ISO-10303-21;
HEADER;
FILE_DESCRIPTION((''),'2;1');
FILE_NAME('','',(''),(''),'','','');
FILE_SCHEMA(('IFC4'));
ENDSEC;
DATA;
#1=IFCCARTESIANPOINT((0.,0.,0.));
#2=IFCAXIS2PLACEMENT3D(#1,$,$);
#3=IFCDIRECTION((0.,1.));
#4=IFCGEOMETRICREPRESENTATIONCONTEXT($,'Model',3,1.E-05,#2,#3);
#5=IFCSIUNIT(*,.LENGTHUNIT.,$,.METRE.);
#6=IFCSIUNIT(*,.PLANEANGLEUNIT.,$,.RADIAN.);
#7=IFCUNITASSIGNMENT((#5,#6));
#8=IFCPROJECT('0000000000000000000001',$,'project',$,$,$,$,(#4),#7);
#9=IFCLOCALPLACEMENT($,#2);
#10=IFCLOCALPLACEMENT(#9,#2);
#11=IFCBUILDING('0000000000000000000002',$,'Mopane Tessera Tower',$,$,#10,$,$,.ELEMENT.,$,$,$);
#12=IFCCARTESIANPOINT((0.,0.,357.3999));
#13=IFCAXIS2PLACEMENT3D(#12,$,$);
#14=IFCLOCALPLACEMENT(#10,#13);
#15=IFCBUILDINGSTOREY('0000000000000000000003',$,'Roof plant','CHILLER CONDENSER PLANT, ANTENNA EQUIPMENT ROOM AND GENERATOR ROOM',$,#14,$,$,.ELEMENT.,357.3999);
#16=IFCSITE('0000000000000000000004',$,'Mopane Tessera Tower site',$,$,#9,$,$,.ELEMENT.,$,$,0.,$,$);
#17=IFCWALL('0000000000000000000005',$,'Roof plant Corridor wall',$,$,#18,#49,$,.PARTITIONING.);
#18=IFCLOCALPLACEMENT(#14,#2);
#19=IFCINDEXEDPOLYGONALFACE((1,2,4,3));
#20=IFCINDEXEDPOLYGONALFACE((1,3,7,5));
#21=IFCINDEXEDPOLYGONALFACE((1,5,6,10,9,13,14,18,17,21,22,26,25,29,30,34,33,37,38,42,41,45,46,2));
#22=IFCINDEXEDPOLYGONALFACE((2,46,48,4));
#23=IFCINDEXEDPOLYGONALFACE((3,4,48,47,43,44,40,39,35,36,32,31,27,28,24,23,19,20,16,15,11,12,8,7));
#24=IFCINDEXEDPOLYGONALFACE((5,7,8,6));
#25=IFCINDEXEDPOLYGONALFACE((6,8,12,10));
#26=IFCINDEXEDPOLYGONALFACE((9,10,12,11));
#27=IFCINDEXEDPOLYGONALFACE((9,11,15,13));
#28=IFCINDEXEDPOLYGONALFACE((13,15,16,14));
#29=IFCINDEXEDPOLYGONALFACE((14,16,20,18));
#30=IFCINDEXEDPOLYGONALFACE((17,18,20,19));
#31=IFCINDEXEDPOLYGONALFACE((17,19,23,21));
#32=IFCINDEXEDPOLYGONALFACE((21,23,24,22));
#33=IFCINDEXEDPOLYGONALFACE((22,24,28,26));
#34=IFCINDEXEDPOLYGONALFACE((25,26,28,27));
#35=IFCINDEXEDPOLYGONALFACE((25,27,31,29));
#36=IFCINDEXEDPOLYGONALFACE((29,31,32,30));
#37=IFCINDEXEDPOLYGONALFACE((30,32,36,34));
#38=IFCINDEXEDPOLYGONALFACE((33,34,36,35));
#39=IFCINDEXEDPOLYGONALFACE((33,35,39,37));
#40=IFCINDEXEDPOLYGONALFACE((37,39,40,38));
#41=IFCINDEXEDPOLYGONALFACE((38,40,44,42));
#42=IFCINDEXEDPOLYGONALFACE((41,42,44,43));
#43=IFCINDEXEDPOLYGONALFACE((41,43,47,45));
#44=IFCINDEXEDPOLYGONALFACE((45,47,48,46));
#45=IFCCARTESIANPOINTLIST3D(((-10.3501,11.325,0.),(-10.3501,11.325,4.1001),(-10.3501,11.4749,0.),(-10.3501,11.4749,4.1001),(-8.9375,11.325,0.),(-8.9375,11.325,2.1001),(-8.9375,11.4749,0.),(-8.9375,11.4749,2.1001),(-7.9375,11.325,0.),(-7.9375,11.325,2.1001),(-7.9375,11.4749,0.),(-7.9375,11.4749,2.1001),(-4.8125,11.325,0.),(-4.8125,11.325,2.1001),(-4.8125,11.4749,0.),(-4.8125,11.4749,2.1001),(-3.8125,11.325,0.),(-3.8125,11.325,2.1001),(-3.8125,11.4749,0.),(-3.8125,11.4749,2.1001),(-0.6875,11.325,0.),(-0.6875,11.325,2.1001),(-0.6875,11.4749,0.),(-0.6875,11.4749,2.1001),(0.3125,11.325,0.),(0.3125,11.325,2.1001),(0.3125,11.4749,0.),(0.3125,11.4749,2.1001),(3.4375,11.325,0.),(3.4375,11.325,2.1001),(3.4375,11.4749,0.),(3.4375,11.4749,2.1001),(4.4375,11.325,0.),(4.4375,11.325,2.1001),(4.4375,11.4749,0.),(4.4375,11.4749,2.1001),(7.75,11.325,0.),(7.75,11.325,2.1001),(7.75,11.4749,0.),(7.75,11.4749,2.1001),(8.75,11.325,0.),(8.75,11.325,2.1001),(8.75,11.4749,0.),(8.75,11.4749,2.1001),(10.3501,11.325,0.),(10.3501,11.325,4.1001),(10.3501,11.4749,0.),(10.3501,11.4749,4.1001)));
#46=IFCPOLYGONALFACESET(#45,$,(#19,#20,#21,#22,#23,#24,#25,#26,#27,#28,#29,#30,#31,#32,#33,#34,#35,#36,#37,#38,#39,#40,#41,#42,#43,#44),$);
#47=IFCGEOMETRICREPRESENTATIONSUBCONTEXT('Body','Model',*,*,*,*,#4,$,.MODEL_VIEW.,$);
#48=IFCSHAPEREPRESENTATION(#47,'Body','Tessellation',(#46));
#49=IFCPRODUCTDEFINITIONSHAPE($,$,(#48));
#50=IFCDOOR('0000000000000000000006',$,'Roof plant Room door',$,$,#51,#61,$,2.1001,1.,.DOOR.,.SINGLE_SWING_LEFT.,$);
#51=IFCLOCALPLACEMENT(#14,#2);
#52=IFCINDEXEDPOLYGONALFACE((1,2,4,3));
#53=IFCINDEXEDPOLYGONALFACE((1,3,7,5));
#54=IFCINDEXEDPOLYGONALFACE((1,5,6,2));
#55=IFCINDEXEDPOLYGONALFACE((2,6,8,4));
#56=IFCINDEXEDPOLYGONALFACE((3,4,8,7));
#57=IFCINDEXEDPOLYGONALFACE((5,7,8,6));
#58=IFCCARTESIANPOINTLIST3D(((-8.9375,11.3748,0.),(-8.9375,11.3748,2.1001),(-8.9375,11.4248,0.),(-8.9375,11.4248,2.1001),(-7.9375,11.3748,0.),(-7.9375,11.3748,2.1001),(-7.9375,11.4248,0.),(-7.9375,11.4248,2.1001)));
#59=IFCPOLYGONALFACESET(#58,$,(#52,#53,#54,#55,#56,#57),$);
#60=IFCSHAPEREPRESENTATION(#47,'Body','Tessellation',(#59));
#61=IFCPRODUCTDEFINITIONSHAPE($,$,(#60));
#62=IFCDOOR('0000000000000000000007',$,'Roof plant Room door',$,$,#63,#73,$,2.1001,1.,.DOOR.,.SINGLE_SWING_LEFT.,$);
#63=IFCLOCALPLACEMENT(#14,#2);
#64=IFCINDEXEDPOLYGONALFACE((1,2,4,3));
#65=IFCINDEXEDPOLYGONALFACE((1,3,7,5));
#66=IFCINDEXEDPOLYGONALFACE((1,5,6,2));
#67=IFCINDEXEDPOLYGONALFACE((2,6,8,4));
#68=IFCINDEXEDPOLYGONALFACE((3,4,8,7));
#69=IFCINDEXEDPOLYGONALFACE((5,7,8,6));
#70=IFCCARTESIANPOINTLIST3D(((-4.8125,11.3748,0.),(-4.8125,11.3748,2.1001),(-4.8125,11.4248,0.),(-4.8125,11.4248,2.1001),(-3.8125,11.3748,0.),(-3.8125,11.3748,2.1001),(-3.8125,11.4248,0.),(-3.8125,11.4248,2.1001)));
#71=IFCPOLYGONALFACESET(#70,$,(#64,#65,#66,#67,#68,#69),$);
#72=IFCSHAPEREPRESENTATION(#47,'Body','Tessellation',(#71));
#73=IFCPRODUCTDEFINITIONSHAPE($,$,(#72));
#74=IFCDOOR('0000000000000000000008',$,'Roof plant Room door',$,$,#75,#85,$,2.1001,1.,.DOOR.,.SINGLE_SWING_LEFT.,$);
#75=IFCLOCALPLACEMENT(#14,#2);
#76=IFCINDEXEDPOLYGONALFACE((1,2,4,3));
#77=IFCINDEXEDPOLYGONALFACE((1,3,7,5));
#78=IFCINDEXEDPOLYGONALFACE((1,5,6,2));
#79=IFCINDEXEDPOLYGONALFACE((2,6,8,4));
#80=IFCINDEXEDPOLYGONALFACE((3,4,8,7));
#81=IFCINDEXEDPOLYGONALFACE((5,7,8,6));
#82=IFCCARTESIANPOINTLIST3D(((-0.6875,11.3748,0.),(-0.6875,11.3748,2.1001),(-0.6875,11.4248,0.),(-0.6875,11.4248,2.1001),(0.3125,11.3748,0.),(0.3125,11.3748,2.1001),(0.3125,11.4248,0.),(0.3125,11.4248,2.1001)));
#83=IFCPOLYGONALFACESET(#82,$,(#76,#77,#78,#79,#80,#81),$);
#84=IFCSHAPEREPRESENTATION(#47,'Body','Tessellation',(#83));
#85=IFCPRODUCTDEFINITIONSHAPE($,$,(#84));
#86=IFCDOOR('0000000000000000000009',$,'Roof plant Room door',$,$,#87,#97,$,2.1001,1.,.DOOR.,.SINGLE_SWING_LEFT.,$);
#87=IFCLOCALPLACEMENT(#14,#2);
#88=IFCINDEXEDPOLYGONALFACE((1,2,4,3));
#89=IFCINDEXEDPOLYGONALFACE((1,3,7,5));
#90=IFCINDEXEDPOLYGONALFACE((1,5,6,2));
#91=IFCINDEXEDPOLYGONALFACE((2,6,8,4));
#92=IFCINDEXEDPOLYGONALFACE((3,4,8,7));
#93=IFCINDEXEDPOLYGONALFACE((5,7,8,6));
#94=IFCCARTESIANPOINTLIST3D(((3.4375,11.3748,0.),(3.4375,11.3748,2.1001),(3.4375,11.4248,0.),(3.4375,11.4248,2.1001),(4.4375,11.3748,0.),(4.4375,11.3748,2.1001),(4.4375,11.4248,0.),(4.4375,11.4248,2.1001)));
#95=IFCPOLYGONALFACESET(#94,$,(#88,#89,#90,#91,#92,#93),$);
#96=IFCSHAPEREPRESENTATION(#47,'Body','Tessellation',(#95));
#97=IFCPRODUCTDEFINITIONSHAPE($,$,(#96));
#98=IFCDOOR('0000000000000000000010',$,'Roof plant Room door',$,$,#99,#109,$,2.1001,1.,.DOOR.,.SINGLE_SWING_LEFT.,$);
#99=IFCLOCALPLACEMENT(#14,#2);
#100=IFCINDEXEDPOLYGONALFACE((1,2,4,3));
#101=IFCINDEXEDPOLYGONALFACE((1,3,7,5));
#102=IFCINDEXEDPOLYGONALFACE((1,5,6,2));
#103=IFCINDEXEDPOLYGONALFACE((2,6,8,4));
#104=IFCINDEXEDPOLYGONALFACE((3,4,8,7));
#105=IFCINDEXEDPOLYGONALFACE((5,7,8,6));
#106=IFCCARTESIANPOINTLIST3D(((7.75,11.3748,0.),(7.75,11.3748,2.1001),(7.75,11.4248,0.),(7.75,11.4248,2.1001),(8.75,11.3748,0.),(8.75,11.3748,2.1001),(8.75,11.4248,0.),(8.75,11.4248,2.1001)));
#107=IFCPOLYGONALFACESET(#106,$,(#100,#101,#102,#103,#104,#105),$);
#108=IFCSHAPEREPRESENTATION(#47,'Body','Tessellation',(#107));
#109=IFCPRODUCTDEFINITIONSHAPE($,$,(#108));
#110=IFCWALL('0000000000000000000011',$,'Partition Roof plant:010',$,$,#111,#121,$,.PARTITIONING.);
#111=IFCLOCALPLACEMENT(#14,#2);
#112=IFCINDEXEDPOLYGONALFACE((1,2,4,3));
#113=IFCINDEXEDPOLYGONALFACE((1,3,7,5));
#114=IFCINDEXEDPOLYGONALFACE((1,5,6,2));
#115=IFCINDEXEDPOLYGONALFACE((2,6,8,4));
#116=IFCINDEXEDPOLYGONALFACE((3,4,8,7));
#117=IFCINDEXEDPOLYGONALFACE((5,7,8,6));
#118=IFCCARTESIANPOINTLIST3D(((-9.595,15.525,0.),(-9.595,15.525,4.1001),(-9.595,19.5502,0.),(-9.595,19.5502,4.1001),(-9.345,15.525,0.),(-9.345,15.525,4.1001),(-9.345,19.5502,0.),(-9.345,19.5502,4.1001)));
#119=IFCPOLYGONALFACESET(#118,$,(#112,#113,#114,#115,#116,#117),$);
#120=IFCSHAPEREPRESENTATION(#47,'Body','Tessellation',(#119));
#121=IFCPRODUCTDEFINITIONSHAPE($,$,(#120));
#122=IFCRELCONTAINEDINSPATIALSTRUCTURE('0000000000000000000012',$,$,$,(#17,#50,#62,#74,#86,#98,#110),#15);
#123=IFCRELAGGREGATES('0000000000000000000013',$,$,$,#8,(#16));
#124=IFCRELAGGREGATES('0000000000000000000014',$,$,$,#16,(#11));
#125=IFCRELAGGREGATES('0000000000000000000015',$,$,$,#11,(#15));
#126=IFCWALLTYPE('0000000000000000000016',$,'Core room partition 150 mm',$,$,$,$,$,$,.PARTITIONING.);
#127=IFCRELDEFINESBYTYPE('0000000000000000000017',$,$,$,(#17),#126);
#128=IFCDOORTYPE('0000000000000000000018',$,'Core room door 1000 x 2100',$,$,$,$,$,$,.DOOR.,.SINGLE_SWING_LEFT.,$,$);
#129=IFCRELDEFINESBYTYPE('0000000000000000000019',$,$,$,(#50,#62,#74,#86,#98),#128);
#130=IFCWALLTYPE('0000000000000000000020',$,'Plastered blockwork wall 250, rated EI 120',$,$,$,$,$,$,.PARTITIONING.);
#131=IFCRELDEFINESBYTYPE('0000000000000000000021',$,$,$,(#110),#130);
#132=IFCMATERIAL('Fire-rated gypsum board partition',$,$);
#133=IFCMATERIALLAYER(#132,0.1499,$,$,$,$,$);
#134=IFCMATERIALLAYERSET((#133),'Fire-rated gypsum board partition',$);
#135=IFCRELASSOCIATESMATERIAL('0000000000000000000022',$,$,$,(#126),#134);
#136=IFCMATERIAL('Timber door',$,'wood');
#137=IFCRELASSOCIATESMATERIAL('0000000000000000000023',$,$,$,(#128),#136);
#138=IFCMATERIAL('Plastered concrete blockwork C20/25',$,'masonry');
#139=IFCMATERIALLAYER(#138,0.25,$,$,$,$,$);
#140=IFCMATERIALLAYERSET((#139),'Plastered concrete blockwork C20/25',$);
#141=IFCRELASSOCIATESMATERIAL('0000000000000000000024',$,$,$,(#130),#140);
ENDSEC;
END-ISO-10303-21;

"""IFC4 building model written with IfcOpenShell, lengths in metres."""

from ifc_helpers import new_model, si_unit, direction, frame, frame_2d, origin, place, context, subcontext, project, spatial, rectangle, extrude, material, layer, layer_set, type_object, element, fill, save


model = new_model("IFC4")

# Units and contexts
model_context = context("Model", 3, precision=1e-05, world=origin(), true_north=direction((0.0, 1.0)))
body_context = subcontext(model_context, "Body", "Model", "MODEL_VIEW")
ifc_project = project(units=[si_unit("LENGTHUNIT", "METRE"), si_unit("PLANEANGLEUNIT", "RADIAN")], contexts=[model_context])

# Site, building, storey
site_placement = place(None, origin())
site = spatial("IfcSite", under=ifc_project, at=site_placement, Name="Mopane Tessera Tower site", CompositionType="ELEMENT", RefElevation=0.0)
building_placement = place(site_placement, origin())
building = spatial("IfcBuilding", under=site, at=building_placement, Name="Mopane Tessera Tower", CompositionType="ELEMENT")
storey_placement = place(building_placement, frame((0.0, 0.0, 357.3999)))
storey = spatial("IfcBuildingStorey", under=building, at=storey_placement, Name="Roof plant", Description="CHILLER CONDENSER PLANT, ANTENNA EQUIPMENT ROOM AND GENERATOR ROOM", CompositionType="ELEMENT", Elevation=357.3999)

# Shared definitions
ifc_material_1 = material(Name="Fire-rated gypsum board partition")
ifc_layer_1 = layer(ifc_material_1, 0.1499)
ifc_layer_set_1 = layer_set([ifc_layer_1], Name="Fire-rated gypsum board partition")
wall_type_1 = type_object("IfcWallType", Name="Core room partition 150 mm", PredefinedType="PARTITIONING", material=ifc_layer_set_1)

# Wall, openings, doors
wall_1_placement = place(storey_placement, frame((-10.3501, 11.3999, 0.0), z_axis=(0.0, 0.0, 1.0), x_axis=(1.0, 0.0, 0.0)))
wall_1 = element("IfcWall", 1, at=wall_1_placement, inside=storey, type_object=wall_type_1, Name="Roof plant Corridor wall", PredefinedType="PARTITIONING", context=body_context, shape_type="SweptSolid", body=[
    extrude(rectangle(XDim=20.7002, YDim=0.1499, at=frame_2d((10.3501, 0.0))), origin(), (0.0, 0.0, 1.0), 4.1001),
])
opening_1_placement = place(wall_1_placement, frame((1.4126, 0.0, 0.0)))
opening_1 = element("IfcOpeningElement", 2, at=opening_1_placement, cuts=wall_1, PredefinedType="OPENING", context=body_context, shape_type="SweptSolid", body=[
    extrude(rectangle(XDim=1.0, YDim=2.1001, at=frame_2d((0.5, 1.05))), frame((0.0, 0.0869, 0.0), z_axis=(0.0, -1.0, 0.0), x_axis=(1.0, 0.0, 0.0)), (0.0, 0.0, 1.0), 0.1738),
])
opening_2_placement = place(wall_1_placement, frame((5.5376, 0.0, 0.0)))
opening_2 = element("IfcOpeningElement", 3, at=opening_2_placement, cuts=wall_1, PredefinedType="OPENING", context=body_context, shape_type="SweptSolid", body=[
    extrude(rectangle(XDim=1.0, YDim=2.1001, at=frame_2d((0.5, 1.05))), frame((0.0, 0.0869, 0.0), z_axis=(0.0, -1.0, 0.0), x_axis=(1.0, 0.0, 0.0)), (0.0, 0.0, 1.0), 0.1738),
])
opening_3_placement = place(wall_1_placement, frame((9.6626, 0.0, 0.0)))
opening_3 = element("IfcOpeningElement", 4, at=opening_3_placement, cuts=wall_1, PredefinedType="OPENING", context=body_context, shape_type="SweptSolid", body=[
    extrude(rectangle(XDim=1.0, YDim=2.1001, at=frame_2d((0.5, 1.05))), frame((0.0, 0.0869, 0.0), z_axis=(0.0, -1.0, 0.0), x_axis=(1.0, 0.0, 0.0)), (0.0, 0.0, 1.0), 0.1738),
])
opening_4_placement = place(wall_1_placement, frame((13.7876, 0.0, 0.0)))
opening_4 = element("IfcOpeningElement", 5, at=opening_4_placement, cuts=wall_1, PredefinedType="OPENING", context=body_context, shape_type="SweptSolid", body=[
    extrude(rectangle(XDim=1.0, YDim=2.1001, at=frame_2d((0.5, 1.05))), frame((0.0, 0.0869, 0.0), z_axis=(0.0, -1.0, 0.0), x_axis=(1.0, 0.0, 0.0)), (0.0, 0.0, 1.0), 0.1738),
])
opening_5_placement = place(wall_1_placement, frame((18.1001, 0.0, 0.0)))
opening_5 = element("IfcOpeningElement", 6, at=opening_5_placement, cuts=wall_1, PredefinedType="OPENING", context=body_context, shape_type="SweptSolid", body=[
    extrude(rectangle(XDim=1.0, YDim=2.1001, at=frame_2d((0.5, 1.05))), frame((0.0, 0.0869, 0.0), z_axis=(0.0, -1.0, 0.0), x_axis=(1.0, 0.0, 0.0)), (0.0, 0.0, 1.0), 0.1738),
])
ifc_material_2 = material(Name="Timber door", Category="wood")
door_type = type_object("IfcDoorType", Name="Core room door 1000 x 2100", OperationType="SINGLE_SWING_LEFT", PredefinedType="DOOR", material=ifc_material_2)
door_1_placement = place(opening_1_placement, origin())
door_1 = element("IfcDoor", 7, at=door_1_placement, inside=storey, type_object=door_type, Name="Roof plant Room door", OperationType="SINGLE_SWING_LEFT", OverallHeight=2.1001, OverallWidth=1.0, PredefinedType="DOOR", context=body_context, shape_type="SweptSolid", body=[
    extrude(rectangle(XDim=1.0, YDim=2.1001, at=frame_2d((0.5, 1.05))), frame((0.0, 0.0249, 0.0), z_axis=(0.0, -1.0, 0.0), x_axis=(1.0, 0.0, 0.0)), (0.0, 0.0, 1.0), 0.05),
])
fill(opening_1, door_1)
door_2_placement = place(opening_2_placement, origin())
door_2 = element("IfcDoor", 8, at=door_2_placement, inside=storey, type_object=door_type, Name="Roof plant Room door", OperationType="SINGLE_SWING_LEFT", OverallHeight=2.1001, OverallWidth=1.0, PredefinedType="DOOR", context=body_context, shape_type="SweptSolid", body=[
    extrude(rectangle(XDim=1.0, YDim=2.1001, at=frame_2d((0.5, 1.05))), frame((0.0, 0.0249, 0.0), z_axis=(0.0, -1.0, 0.0), x_axis=(1.0, 0.0, 0.0)), (0.0, 0.0, 1.0), 0.05),
])
fill(opening_2, door_2)
door_3_placement = place(opening_3_placement, origin())
door_3 = element("IfcDoor", 9, at=door_3_placement, inside=storey, type_object=door_type, Name="Roof plant Room door", OperationType="SINGLE_SWING_LEFT", OverallHeight=2.1001, OverallWidth=1.0, PredefinedType="DOOR", context=body_context, shape_type="SweptSolid", body=[
    extrude(rectangle(XDim=1.0, YDim=2.1001, at=frame_2d((0.5, 1.05))), frame((0.0, 0.0249, 0.0), z_axis=(0.0, -1.0, 0.0), x_axis=(1.0, 0.0, 0.0)), (0.0, 0.0, 1.0), 0.05),
])
fill(opening_3, door_3)
door_4_placement = place(opening_4_placement, origin())
door_4 = element("IfcDoor", 10, at=door_4_placement, inside=storey, type_object=door_type, Name="Roof plant Room door", OperationType="SINGLE_SWING_LEFT", OverallHeight=2.1001, OverallWidth=1.0, PredefinedType="DOOR", context=body_context, shape_type="SweptSolid", body=[
    extrude(rectangle(XDim=1.0, YDim=2.1001, at=frame_2d((0.5, 1.05))), frame((0.0, 0.0249, 0.0), z_axis=(0.0, -1.0, 0.0), x_axis=(1.0, 0.0, 0.0)), (0.0, 0.0, 1.0), 0.05),
])
fill(opening_4, door_4)
door_5_placement = place(opening_5_placement, origin())
door_5 = element("IfcDoor", 11, at=door_5_placement, inside=storey, type_object=door_type, Name="Roof plant Room door", OperationType="SINGLE_SWING_LEFT", OverallHeight=2.1001, OverallWidth=1.0, PredefinedType="DOOR", context=body_context, shape_type="SweptSolid", body=[
    extrude(rectangle(XDim=1.0, YDim=2.1001, at=frame_2d((0.5, 1.05))), frame((0.0, 0.0249, 0.0), z_axis=(0.0, -1.0, 0.0), x_axis=(1.0, 0.0, 0.0)), (0.0, 0.0, 1.0), 0.05),
])
fill(opening_5, door_5)

# Wall
ifc_material_3 = material(Name="Plastered concrete blockwork C20/25", Category="masonry")
ifc_layer_2 = layer(ifc_material_3, 0.25)
ifc_layer_set_2 = layer_set([ifc_layer_2], Name="Plastered concrete blockwork C20/25")
wall_type_2 = type_object("IfcWallType", Name="Plastered blockwork wall 250, rated EI 120", PredefinedType="PARTITIONING", material=ifc_layer_set_2)
wall_2_placement = place(storey_placement, frame((-9.47, 15.5249, 0.0), z_axis=(0.0, 0.0, 1.0), x_axis=(0.0, 1.0, 0.0)))
element("IfcWall", 12, at=wall_2_placement, inside=storey, type_object=wall_type_2, Name="Partition Roof plant:010", PredefinedType="PARTITIONING", context=body_context, shape_type="SweptSolid", body=[
    extrude(rectangle(XDim=4.0251, YDim=0.25, at=frame_2d((2.0127, 0.0))), origin(), (0.0, 0.0, 1.0), 4.1001),
])

save(model, "model.ifc")
